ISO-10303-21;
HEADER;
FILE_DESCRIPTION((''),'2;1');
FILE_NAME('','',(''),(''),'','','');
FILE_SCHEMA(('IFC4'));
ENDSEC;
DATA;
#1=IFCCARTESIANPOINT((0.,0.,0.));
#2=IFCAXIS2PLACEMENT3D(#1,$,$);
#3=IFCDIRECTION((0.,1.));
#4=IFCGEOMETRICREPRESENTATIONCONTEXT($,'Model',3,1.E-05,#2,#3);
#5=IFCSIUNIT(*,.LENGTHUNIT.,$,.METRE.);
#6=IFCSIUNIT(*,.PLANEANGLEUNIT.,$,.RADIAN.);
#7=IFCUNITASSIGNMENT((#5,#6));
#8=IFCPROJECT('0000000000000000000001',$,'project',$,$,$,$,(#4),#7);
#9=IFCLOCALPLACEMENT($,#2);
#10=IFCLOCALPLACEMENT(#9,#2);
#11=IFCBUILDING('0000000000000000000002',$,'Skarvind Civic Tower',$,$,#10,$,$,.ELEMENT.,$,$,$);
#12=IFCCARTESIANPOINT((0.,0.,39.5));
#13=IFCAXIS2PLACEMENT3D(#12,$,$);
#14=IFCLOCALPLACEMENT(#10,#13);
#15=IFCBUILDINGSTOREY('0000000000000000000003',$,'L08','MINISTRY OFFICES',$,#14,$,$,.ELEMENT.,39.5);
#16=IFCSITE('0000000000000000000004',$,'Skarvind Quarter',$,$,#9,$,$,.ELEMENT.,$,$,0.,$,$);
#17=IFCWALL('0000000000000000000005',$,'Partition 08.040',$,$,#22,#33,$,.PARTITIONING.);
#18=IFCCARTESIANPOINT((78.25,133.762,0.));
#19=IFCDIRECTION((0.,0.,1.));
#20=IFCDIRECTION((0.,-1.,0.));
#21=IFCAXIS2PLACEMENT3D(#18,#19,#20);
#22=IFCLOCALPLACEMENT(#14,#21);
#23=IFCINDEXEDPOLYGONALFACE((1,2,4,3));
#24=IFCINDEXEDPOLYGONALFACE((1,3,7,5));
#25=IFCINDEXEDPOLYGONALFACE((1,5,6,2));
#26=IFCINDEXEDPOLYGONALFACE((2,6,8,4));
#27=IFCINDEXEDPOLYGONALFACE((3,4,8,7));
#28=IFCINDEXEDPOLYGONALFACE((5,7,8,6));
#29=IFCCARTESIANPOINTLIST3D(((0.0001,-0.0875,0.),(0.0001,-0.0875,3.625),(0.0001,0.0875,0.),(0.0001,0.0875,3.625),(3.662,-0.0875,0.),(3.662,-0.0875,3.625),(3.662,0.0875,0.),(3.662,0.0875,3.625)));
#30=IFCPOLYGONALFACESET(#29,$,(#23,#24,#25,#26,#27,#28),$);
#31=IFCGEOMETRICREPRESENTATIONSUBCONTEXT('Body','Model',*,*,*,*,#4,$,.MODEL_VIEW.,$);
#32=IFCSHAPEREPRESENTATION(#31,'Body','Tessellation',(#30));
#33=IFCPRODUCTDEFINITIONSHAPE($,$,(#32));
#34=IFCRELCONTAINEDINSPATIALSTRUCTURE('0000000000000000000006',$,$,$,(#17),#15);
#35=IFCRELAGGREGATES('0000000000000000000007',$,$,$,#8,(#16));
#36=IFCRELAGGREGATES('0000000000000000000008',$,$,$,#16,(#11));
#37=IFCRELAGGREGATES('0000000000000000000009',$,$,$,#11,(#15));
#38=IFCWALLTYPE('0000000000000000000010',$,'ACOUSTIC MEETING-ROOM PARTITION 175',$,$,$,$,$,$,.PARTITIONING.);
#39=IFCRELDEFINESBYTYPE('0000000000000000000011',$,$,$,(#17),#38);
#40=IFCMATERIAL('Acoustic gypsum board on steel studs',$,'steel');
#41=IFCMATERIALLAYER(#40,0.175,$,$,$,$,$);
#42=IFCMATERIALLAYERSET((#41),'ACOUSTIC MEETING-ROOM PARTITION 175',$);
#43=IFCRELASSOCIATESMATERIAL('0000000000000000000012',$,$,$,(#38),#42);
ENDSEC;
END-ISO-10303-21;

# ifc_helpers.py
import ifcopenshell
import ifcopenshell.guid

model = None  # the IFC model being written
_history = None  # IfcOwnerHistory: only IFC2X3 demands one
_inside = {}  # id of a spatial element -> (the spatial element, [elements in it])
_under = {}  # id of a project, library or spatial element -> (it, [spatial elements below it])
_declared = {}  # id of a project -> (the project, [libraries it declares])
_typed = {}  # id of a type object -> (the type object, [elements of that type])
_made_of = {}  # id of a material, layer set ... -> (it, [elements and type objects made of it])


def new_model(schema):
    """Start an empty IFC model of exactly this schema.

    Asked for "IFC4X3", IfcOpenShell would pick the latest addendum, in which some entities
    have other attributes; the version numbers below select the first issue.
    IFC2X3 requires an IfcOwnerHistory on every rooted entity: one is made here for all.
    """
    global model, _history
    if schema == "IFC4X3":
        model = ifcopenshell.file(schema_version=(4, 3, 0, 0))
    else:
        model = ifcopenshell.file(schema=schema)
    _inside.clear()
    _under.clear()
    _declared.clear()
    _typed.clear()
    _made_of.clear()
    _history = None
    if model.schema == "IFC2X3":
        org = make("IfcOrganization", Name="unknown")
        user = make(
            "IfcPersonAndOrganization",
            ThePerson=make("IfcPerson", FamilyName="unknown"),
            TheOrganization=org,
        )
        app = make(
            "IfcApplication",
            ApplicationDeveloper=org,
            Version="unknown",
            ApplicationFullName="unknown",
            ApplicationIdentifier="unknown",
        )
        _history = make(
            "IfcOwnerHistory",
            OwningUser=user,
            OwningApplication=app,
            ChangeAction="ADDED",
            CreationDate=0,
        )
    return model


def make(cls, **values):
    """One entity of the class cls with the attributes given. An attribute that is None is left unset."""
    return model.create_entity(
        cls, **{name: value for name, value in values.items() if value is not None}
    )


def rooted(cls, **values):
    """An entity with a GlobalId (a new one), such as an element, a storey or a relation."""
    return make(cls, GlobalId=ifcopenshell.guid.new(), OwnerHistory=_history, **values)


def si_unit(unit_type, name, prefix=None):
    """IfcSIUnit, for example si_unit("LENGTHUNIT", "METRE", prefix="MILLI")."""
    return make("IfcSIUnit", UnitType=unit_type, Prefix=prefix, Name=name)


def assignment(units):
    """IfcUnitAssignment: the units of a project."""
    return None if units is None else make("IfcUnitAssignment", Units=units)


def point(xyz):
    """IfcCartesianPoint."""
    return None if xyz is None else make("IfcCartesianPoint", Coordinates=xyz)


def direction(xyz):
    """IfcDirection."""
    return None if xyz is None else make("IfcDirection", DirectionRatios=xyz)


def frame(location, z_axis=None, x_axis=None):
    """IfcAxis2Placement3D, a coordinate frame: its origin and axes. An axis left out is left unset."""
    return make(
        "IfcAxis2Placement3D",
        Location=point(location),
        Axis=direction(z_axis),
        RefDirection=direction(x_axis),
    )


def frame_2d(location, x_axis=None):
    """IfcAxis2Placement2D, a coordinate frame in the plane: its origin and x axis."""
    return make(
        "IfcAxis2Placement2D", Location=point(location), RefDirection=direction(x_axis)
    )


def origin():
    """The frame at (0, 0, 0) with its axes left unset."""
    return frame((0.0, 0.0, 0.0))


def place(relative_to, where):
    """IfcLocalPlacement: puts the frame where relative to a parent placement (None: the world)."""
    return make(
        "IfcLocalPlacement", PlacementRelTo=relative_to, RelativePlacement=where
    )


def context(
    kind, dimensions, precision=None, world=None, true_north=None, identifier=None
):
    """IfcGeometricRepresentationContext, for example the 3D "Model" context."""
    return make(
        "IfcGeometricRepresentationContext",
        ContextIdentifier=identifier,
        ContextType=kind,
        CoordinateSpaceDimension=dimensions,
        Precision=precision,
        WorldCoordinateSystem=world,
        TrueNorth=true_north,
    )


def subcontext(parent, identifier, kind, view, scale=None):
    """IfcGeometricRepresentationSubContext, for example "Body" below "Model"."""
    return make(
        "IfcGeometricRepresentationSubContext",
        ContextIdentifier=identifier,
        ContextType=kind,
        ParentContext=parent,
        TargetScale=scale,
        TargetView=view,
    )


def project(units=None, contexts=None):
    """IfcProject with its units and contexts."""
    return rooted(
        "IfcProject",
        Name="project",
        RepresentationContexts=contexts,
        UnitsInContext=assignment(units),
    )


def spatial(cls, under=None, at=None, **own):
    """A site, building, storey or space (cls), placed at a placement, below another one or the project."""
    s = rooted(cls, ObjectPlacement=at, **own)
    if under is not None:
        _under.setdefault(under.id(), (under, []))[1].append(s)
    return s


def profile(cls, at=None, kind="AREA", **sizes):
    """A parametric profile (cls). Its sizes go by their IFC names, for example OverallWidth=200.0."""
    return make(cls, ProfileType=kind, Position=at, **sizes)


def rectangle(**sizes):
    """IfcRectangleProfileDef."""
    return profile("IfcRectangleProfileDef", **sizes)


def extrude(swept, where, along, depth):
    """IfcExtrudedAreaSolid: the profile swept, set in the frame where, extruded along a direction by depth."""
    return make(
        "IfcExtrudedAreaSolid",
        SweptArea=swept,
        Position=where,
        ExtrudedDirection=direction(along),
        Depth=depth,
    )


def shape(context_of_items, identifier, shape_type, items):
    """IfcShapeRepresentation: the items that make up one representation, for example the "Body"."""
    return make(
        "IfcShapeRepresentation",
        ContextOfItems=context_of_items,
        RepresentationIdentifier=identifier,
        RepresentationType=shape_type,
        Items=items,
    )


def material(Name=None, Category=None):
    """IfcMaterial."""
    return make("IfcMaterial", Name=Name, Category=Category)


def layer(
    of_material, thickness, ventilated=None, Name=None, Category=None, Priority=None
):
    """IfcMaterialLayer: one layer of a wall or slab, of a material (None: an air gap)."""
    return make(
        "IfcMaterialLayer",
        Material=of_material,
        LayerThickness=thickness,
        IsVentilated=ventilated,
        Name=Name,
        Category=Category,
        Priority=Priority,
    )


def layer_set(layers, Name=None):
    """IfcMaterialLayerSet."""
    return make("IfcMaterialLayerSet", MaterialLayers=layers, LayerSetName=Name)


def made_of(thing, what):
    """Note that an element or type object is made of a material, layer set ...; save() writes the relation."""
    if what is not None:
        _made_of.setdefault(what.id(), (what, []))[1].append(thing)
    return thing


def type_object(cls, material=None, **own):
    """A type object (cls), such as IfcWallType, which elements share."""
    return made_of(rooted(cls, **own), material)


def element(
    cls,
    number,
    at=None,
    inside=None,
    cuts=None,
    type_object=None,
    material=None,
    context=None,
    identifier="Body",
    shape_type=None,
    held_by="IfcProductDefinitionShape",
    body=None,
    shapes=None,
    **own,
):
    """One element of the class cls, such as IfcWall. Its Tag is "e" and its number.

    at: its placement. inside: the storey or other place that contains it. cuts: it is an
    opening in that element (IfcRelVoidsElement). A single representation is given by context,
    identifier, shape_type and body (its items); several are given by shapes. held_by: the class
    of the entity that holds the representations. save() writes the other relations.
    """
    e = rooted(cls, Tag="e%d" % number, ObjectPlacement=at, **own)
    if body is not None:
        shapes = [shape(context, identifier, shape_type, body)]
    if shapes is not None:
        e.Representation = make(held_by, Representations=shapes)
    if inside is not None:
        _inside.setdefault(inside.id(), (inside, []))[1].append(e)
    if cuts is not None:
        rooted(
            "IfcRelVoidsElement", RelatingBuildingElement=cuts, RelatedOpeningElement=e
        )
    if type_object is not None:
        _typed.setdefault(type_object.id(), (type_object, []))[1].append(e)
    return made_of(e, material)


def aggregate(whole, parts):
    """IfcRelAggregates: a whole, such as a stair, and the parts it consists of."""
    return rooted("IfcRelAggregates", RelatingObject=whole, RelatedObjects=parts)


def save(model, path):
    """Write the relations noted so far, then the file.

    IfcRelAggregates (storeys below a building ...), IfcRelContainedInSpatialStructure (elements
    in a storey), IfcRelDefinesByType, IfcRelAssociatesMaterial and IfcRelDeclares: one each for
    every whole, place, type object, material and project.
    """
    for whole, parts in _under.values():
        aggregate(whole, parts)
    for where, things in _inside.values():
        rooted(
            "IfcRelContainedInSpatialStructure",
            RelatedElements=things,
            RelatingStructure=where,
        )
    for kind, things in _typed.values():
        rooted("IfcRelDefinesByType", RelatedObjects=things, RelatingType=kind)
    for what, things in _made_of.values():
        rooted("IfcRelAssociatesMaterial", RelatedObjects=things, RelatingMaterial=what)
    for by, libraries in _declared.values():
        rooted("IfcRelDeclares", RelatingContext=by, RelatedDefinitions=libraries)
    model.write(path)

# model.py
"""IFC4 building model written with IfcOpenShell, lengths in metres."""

from ifc_helpers import new_model, si_unit, direction, frame, frame_2d, origin, place, context, subcontext, project, spatial, rectangle, extrude, material, layer, layer_set, type_object, element, save


model = new_model("IFC4")

# Units and contexts
model_context = context("Model", 3, precision=1e-05, world=origin(), true_north=direction((0.0, 1.0)))
body_context = subcontext(model_context, "Body", "Model", "MODEL_VIEW")
ifc_project = project(units=[si_unit("LENGTHUNIT", "METRE"), si_unit("PLANEANGLEUNIT", "RADIAN")], contexts=[model_context])

# Site, building, storey
site_placement = place(None, origin())
site = spatial("IfcSite", under=ifc_project, at=site_placement, Name="Skarvind Quarter", CompositionType="ELEMENT", RefElevation=0.0)
building_placement = place(site_placement, origin())
building = spatial("IfcBuilding", under=site, at=building_placement, Name="Skarvind Civic Tower", CompositionType="ELEMENT")
storey_placement = place(building_placement, frame((0.0, 0.0, 39.5)))
storey = spatial("IfcBuildingStorey", under=building, at=storey_placement, Name="L08", Description="MINISTRY OFFICES", CompositionType="ELEMENT", Elevation=39.5)

# Wall
ifc_material_1 = material(Name="Acoustic gypsum board on steel studs", Category="steel")
ifc_layer_1 = layer(ifc_material_1, 0.175)
ifc_layer_set_1 = layer_set([ifc_layer_1], Name="ACOUSTIC MEETING-ROOM PARTITION 175")
wall_type_1 = type_object("IfcWallType", Name="ACOUSTIC MEETING-ROOM PARTITION 175", PredefinedType="PARTITIONING", material=ifc_layer_set_1)
wall_1_placement = place(storey_placement, frame((78.25, 133.762, 0.0), z_axis=(0.0, 0.0, 1.0), x_axis=(0.0, -1.0, 0.0)))
element("IfcWall", 1, at=wall_1_placement, inside=storey, type_object=wall_type_1, Name="Partition 08.040", PredefinedType="PARTITIONING", context=body_context, shape_type="SweptSolid", body=[
    extrude(rectangle(XDim=3.6619, YDim=0.175, at=frame_2d((1.8311, 0.0))), origin(), (0.0, 0.0, 1.0), 3.625),
])

save(model, "model.ifc")
